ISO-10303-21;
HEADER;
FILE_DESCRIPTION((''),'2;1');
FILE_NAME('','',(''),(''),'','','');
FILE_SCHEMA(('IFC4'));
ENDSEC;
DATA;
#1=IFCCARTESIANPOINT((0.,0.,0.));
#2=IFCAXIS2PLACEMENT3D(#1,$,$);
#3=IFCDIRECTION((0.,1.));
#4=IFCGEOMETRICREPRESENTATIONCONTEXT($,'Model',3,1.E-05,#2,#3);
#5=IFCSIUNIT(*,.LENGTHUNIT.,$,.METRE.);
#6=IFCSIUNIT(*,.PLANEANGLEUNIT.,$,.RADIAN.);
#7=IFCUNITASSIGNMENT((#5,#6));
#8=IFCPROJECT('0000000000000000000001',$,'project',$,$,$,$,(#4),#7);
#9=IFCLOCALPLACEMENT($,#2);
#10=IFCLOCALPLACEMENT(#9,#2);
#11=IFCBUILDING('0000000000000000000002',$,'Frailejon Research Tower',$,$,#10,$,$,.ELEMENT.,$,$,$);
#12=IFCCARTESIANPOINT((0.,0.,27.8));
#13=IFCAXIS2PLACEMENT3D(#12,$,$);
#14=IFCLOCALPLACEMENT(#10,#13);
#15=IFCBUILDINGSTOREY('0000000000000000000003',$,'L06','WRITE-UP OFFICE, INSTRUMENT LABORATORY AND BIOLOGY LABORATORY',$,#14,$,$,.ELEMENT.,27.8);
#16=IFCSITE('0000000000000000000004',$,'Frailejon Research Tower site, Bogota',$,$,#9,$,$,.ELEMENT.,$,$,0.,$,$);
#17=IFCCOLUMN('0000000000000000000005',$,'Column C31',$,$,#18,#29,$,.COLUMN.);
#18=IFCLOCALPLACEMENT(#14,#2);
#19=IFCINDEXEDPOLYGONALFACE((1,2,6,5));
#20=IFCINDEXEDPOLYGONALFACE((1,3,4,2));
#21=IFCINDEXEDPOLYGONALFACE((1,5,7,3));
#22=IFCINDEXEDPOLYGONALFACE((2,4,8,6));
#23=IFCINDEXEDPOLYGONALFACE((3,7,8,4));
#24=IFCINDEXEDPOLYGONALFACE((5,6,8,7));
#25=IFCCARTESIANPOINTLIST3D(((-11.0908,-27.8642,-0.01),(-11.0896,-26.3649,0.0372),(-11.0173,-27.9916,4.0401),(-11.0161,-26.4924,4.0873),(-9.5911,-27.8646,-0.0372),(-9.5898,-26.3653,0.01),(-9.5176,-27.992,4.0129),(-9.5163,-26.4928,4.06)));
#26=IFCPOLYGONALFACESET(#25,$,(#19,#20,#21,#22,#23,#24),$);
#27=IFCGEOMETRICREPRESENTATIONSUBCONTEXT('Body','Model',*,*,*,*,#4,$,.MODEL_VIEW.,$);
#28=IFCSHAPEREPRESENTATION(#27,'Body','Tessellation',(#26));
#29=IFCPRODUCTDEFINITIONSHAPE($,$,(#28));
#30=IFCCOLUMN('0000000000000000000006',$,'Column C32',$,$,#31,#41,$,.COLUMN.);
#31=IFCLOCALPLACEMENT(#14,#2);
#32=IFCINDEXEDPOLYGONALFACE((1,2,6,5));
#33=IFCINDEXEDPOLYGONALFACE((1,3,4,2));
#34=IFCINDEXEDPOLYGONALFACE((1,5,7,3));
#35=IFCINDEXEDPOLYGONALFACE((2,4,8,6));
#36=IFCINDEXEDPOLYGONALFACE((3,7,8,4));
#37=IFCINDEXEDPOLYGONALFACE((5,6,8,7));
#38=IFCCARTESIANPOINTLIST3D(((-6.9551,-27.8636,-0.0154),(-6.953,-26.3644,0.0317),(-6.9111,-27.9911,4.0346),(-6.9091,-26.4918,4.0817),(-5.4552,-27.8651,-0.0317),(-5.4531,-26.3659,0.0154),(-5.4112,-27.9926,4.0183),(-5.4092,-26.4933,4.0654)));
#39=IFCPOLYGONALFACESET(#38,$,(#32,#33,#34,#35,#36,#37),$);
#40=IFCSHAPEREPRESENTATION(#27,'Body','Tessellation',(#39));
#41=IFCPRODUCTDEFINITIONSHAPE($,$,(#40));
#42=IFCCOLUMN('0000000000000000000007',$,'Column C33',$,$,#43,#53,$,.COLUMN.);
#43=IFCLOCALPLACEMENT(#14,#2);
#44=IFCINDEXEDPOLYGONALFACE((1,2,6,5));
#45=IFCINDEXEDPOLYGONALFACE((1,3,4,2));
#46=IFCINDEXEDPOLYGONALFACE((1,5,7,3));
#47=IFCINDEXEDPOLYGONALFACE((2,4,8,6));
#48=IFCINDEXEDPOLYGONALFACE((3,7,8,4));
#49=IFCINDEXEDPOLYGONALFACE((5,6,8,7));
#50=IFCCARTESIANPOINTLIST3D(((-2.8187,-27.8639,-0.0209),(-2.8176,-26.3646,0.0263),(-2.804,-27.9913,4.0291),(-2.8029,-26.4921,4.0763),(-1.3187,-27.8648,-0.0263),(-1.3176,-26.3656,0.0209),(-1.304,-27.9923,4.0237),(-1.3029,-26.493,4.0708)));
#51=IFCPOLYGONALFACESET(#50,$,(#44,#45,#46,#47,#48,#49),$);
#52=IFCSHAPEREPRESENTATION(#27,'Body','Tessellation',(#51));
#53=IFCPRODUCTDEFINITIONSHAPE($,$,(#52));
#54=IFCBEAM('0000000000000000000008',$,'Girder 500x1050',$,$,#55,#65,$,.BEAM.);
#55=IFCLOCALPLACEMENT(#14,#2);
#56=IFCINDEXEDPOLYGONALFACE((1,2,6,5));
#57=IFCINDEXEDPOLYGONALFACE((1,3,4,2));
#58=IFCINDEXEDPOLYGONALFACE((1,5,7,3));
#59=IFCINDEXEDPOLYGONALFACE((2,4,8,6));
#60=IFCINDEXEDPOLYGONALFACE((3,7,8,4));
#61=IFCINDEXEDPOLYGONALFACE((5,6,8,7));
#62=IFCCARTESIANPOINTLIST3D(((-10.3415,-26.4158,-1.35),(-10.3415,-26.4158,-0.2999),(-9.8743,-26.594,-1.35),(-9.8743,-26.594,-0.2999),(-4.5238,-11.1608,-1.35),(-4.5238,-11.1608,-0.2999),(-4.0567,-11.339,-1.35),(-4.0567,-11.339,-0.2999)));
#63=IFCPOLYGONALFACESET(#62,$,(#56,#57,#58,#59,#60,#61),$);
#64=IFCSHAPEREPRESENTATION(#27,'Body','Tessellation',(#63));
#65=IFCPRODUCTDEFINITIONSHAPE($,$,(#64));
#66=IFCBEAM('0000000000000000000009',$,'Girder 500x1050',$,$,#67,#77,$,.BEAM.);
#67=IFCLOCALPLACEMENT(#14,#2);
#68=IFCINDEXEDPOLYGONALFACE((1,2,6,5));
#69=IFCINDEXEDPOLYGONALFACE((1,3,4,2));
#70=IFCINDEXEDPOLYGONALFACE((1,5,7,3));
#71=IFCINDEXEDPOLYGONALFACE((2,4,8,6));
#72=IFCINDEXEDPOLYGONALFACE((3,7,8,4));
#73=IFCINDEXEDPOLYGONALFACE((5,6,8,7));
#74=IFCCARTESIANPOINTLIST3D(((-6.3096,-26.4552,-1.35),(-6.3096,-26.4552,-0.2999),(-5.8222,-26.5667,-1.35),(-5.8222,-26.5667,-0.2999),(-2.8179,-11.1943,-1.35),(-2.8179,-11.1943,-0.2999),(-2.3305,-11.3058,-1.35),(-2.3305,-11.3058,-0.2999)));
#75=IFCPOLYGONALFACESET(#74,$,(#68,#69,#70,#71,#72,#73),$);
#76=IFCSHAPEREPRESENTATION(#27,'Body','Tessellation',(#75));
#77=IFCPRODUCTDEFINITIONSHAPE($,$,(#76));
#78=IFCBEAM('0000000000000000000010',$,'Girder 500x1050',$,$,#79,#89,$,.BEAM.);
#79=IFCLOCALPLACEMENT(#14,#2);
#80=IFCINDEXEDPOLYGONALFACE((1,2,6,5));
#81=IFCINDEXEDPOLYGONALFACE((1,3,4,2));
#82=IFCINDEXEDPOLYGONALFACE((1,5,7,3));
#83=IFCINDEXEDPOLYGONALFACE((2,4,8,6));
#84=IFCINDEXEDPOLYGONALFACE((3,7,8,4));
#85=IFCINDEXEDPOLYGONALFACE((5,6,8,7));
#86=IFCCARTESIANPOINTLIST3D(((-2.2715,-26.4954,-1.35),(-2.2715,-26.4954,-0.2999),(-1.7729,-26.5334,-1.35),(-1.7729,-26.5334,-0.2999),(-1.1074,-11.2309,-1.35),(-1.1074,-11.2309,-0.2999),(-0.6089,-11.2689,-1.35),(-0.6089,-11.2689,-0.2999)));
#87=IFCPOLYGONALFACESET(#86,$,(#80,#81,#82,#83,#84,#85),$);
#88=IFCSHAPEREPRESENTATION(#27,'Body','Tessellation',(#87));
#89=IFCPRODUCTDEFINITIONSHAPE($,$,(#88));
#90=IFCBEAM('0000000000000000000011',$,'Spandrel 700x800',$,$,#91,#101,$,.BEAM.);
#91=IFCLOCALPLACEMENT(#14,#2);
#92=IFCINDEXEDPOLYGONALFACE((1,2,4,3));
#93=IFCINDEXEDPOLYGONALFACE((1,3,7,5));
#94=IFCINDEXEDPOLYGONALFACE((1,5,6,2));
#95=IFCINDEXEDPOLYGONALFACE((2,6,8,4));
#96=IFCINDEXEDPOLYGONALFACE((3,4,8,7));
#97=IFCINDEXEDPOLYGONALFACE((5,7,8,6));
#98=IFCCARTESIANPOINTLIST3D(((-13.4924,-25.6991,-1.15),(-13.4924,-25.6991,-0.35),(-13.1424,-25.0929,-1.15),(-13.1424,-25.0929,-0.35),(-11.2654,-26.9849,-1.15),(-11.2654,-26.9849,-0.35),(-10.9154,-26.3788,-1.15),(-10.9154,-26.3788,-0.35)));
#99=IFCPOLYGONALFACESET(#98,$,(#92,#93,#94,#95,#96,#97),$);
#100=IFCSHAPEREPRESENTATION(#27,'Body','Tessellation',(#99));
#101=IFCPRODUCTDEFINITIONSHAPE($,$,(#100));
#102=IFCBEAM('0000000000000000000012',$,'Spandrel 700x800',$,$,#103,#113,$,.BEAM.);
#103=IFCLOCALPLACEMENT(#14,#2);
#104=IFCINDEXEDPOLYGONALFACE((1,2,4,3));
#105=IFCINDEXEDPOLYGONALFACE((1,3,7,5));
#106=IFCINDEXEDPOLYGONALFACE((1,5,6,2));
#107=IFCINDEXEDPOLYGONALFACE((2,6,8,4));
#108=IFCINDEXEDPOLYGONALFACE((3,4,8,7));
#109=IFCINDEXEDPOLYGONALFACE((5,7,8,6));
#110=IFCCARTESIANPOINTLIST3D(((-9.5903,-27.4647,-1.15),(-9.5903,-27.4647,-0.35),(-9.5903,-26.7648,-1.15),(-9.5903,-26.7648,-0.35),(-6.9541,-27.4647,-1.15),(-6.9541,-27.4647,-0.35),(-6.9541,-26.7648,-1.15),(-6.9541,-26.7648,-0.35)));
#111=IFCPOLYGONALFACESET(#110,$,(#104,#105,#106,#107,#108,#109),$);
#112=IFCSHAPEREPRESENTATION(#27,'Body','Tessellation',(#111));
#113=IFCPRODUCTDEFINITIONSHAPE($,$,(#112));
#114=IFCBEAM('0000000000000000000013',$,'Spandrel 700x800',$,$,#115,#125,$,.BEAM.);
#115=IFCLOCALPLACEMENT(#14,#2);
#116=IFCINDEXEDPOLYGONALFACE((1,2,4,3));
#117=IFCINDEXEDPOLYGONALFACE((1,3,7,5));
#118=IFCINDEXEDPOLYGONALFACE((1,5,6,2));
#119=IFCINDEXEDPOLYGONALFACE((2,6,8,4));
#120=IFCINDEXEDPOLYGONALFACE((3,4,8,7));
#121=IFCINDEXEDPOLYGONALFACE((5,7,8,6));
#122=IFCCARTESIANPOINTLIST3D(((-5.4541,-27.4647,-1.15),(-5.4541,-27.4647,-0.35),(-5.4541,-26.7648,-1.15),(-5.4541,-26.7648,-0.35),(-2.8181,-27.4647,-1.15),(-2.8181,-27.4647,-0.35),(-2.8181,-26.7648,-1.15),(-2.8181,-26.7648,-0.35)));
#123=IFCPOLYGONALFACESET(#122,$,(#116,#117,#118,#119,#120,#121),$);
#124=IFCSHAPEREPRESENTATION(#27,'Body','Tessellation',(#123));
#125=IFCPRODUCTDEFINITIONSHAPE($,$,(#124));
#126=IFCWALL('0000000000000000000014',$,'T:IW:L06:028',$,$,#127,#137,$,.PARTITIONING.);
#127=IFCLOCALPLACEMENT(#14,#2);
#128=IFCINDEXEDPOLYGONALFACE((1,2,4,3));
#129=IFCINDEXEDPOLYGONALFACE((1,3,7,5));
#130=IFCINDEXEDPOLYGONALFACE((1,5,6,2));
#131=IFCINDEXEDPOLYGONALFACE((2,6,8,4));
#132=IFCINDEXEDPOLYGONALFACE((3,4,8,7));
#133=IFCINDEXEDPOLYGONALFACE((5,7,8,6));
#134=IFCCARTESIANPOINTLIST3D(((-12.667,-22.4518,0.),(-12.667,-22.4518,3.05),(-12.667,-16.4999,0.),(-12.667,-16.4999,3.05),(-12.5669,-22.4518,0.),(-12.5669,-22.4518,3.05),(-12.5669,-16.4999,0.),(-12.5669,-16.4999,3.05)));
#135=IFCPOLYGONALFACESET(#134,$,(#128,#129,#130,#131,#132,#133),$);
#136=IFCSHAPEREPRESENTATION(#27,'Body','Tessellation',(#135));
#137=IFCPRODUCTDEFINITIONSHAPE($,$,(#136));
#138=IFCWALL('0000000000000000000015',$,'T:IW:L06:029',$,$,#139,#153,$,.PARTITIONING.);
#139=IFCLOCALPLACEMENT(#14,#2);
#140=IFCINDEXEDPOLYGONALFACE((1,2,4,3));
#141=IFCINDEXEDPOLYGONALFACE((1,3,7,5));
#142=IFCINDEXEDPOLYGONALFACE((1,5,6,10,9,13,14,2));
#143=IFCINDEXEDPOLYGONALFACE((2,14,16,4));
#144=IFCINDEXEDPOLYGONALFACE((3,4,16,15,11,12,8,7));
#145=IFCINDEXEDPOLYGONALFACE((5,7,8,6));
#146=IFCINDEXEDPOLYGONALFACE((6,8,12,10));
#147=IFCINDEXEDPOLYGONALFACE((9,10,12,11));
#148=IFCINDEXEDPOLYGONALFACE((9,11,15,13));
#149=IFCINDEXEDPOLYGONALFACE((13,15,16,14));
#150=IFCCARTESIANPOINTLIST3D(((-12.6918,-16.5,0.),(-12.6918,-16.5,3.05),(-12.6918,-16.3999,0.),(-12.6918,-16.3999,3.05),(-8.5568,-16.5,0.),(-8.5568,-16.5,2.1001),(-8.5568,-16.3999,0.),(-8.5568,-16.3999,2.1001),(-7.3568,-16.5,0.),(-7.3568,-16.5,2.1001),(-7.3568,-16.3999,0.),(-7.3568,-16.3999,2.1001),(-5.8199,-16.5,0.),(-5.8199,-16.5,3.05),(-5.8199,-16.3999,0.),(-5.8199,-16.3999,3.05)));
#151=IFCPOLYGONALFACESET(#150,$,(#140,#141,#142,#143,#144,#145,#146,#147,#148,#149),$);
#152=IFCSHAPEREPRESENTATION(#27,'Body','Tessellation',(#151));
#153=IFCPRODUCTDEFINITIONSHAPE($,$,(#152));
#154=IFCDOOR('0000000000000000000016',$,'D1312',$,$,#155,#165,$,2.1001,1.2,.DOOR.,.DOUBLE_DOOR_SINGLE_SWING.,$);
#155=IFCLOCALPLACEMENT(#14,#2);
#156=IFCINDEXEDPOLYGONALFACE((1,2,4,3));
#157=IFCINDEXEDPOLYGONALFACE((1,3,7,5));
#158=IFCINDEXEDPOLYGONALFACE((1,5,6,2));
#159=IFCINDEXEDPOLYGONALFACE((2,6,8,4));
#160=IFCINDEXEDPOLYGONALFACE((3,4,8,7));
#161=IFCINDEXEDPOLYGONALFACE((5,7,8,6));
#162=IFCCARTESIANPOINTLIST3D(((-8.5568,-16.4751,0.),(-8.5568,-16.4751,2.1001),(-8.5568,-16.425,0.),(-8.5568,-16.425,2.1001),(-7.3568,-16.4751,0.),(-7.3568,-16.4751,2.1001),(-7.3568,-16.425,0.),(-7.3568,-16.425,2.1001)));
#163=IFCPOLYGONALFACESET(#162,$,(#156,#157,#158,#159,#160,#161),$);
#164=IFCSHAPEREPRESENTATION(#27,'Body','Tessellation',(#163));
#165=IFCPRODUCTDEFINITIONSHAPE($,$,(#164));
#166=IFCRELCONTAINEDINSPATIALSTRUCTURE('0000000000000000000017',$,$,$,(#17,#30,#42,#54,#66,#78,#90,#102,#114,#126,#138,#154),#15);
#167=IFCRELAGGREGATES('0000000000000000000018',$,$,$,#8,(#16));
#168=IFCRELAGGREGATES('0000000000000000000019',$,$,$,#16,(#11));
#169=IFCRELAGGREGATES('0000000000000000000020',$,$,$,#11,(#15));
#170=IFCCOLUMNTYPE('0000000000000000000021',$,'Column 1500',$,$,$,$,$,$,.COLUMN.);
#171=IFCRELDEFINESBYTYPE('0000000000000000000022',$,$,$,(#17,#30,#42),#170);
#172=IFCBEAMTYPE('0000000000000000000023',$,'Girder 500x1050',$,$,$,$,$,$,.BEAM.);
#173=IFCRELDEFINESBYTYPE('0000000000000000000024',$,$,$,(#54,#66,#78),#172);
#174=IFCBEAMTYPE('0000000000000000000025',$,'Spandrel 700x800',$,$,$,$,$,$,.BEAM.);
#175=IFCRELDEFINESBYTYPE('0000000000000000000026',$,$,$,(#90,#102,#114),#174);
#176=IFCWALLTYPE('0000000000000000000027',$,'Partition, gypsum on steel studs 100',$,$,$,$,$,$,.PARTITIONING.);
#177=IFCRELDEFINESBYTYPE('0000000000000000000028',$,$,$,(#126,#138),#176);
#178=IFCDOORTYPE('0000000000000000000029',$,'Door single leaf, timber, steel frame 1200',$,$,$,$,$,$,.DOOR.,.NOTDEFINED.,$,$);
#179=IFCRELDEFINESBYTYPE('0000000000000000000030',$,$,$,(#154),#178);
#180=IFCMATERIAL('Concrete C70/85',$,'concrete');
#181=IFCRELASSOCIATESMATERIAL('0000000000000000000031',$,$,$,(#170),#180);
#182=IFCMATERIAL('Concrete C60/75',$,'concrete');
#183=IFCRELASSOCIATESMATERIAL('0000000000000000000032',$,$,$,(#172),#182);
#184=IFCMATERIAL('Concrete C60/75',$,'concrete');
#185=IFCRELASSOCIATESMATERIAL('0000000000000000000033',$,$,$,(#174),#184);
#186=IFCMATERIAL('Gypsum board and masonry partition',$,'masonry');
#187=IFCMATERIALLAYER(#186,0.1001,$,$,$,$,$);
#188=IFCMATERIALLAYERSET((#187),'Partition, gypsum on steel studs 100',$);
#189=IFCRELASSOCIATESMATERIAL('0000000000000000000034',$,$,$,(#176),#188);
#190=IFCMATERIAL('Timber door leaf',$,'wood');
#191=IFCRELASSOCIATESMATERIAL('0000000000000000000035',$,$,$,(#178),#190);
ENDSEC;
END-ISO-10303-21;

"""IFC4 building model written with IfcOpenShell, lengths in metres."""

from ifc_helpers import new_model, si_unit, direction, frame, frame_2d, origin, origin_2d, place, context, subcontext, project, spatial, rectangle, extrude, material, layer, layer_set, material_profile, profile_set, type_object, element, fill, save


model = new_model("IFC4")

# Units and contexts
model_context = context("Model", 3, precision=1e-05, world=origin(), true_north=direction((0.0, 1.0)))
body_context = subcontext(model_context, "Body", "Model", "MODEL_VIEW")
ifc_project = project(units=[si_unit("LENGTHUNIT", "METRE"), si_unit("PLANEANGLEUNIT", "RADIAN")], contexts=[model_context])

# Site, building, storey
site_placement = place(None, origin())
site = spatial("IfcSite", under=ifc_project, at=site_placement, Name="Frailejon Research Tower site, Bogota", CompositionType="ELEMENT", RefElevation=0.0)
building_placement = place(site_placement, origin())
building = spatial("IfcBuilding", under=site, at=building_placement, Name="Frailejon Research Tower", CompositionType="ELEMENT")
storey_placement = place(building_placement, frame((0.0, 0.0, 27.8)))
storey = spatial("IfcBuildingStorey", under=building, at=storey_placement, Name="L06", Description="WRITE-UP OFFICE, INSTRUMENT LABORATORY AND BIOLOGY LABORATORY", CompositionType="ELEMENT", Elevation=27.8)

# Columns
ifc_material_1 = material(Name="Concrete C70/85", Category="concrete")
ifc_material_profile_1 = material_profile(ifc_material_1, rectangle(XDim=1.5, YDim=1.5, at=origin_2d()), Name="Column 1500")
ifc_profile_set_1 = profile_set([ifc_material_profile_1], Name="Concrete C70/85")
column_type = type_object("IfcColumnType", Name="Column 1500", PredefinedType="COLUMN", material=ifc_profile_set_1)
column_1_placement = place(storey_placement, frame((-10.3403, -27.1147, 0.0), z_axis=(0.018133, -0.031446, 0.999341), x_axis=(0.999835, -0.000256, -0.01815)))
element("IfcColumn", 1, at=column_1_placement, inside=storey, type_object=column_type, Name="Column C31", PredefinedType="COLUMN", context=body_context, shape_type="SweptSolid", body=[
    extrude(rectangle(XDim=1.5, YDim=1.5, at=origin_2d()), origin(), (0.0, 0.0, 1.0), 4.0527),
])
column_2_placement = place(storey_placement, frame((-6.2041, -27.1147, 0.0), z_axis=(0.010845, -0.031449, 0.999447), x_axis=(0.99994, -0.001017, -0.010882)))
element("IfcColumn", 2, at=column_2_placement, inside=storey, type_object=column_type, Name="Column C32", PredefinedType="COLUMN", context=body_context, shape_type="SweptSolid", body=[
    extrude(rectangle(XDim=1.5, YDim=1.5, at=origin_2d()), origin(), (0.0, 0.0, 1.0), 4.0522),
])
column_3_placement = place(storey_placement, frame((-2.0681, -27.1147, 0.0), z_axis=(0.003615, -0.031451, 0.999499), x_axis=(0.999993, -0.000624, -0.003636)))
element("IfcColumn", 3, at=column_3_placement, inside=storey, type_object=column_type, Name="Column C33", PredefinedType="COLUMN", context=body_context, shape_type="SweptSolid", body=[
    extrude(rectangle(XDim=1.5, YDim=1.5, at=origin_2d()), origin(), (0.0, 0.0, 1.0), 4.052),
])

# Beams
ifc_material_2 = material(Name="Concrete C60/75", Category="concrete")
ifc_material_profile_2 = material_profile(ifc_material_2, rectangle(XDim=0.5, YDim=1.05, at=origin_2d()), Name="Girder 500x1050")
ifc_profile_set_2 = profile_set([ifc_material_profile_2], Name="Concrete C60/75")
beam_type_1 = type_object("IfcBeamType", Name="Girder 500x1050", PredefinedType="BEAM", material=ifc_profile_set_2)
beam_1_placement = place(storey_placement, frame((-10.1079, -26.5049, -0.825), z_axis=(0.356329, 0.93436, 0.0), x_axis=(-0.93436, 0.356329, 0.0)))
element("IfcBeam", 4, at=beam_1_placement, inside=storey, type_object=beam_type_1, Name="Girder 500x1050", PredefinedType="BEAM", context=body_context, shape_type="SweptSolid", body=[
    extrude(rectangle(XDim=0.5, YDim=1.05, at=origin_2d()), origin(), (0.0, 0.0, 1.0), 16.3267),
])
beam_2_placement = place(storey_placement, frame((-6.0659, -26.511, -0.825), z_axis=(0.223036, 0.97481, 0.0), x_axis=(-0.97481, 0.223036, 0.0)))
element("IfcBeam", 5, at=beam_2_placement, inside=storey, type_object=beam_type_1, Name="Girder 500x1050", PredefinedType="BEAM", context=body_context, shape_type="SweptSolid", body=[
    extrude(rectangle(XDim=0.5, YDim=1.05, at=origin_2d()), origin(), (0.0, 0.0, 1.0), 15.6553),
])
beam_3_placement = place(storey_placement, frame((-2.0222, -26.5144, -0.825), z_axis=(0.076039, 0.997105, 0.0), x_axis=(-0.997105, 0.076039, 0.0)))
element("IfcBeam", 6, at=beam_3_placement, inside=storey, type_object=beam_type_1, Name="Girder 500x1050", PredefinedType="BEAM", context=body_context, shape_type="SweptSolid", body=[
    extrude(rectangle(XDim=0.5, YDim=1.05, at=origin_2d()), origin(), (0.0, 0.0, 1.0), 15.3088),
])
ifc_material_3 = material(Name="Concrete C60/75", Category="concrete")
ifc_material_profile_3 = material_profile(ifc_material_3, rectangle(XDim=0.7, YDim=0.8, at=origin_2d()), Name="Spandrel 700x800")
ifc_profile_set_3 = profile_set([ifc_material_profile_3], Name="Concrete C60/75")
beam_type_2 = type_object("IfcBeamType", Name="Spandrel 700x800", PredefinedType="BEAM", material=ifc_profile_set_3)
beam_4_placement = place(storey_placement, frame((-13.3174, -25.396, -0.75), z_axis=(0.866009, -0.500029, 0.0), x_axis=(0.500029, 0.866009, 0.0)))
element("IfcBeam", 7, at=beam_4_placement, inside=storey, type_object=beam_type_2, Name="Spandrel 700x800", PredefinedType="BEAM", context=body_context, shape_type="SweptSolid", body=[
    extrude(rectangle(XDim=0.7, YDim=0.8, at=origin_2d()), origin(), (0.0, 0.0, 1.0), 2.5715),
])
beam_5_placement = place(storey_placement, frame((-9.5903, -27.1147, -0.75), z_axis=(1.0, 0.0, 0.0), x_axis=(0.0, 1.0, 0.0)))
element("IfcBeam", 8, at=beam_5_placement, inside=storey, type_object=beam_type_2, Name="Spandrel 700x800", PredefinedType="BEAM", context=body_context, shape_type="SweptSolid", body=[
    extrude(rectangle(XDim=0.7, YDim=0.8, at=origin_2d()), origin(), (0.0, 0.0, 1.0), 2.6362),
])
beam_6_placement = place(storey_placement, frame((-5.4541, -27.1147, -0.75), z_axis=(1.0, 0.0, 0.0), x_axis=(0.0, 1.0, 0.0)))
element("IfcBeam", 9, at=beam_6_placement, inside=storey, type_object=beam_type_2, Name="Spandrel 700x800", PredefinedType="BEAM", context=body_context, shape_type="SweptSolid", body=[
    extrude(rectangle(XDim=0.7, YDim=0.8, at=origin_2d()), origin(), (0.0, 0.0, 1.0), 2.636),
])

# Wall
ifc_material_4 = material(Name="Gypsum board and masonry partition", Category="masonry")
ifc_layer_1 = layer(ifc_material_4, 0.1001)
ifc_layer_set_1 = layer_set([ifc_layer_1], Name="Partition, gypsum on steel studs 100")
wall_type_1 = type_object("IfcWallType", Name="Partition, gypsum on steel studs 100", PredefinedType="PARTITIONING", material=ifc_layer_set_1)
wall_1_placement = place(storey_placement, frame((-12.6169, -22.4519, 0.0), z_axis=(0.0, 0.0, 1.0), x_axis=(0.0, 1.0, 0.0)))
element("IfcWall", 10, at=wall_1_placement, inside=storey, type_object=wall_type_1, Name="T:IW:L06:028", PredefinedType="PARTITIONING", context=body_context, shape_type="SweptSolid", body=[
    extrude(rectangle(XDim=5.9519, YDim=0.1001, at=frame_2d((2.9761, 0.0))), origin(), (0.0, 0.0, 1.0), 3.05),
])

# Wall, opening, door
wall_2_placement = place(storey_placement, frame((-12.6919, -16.45, 0.0), z_axis=(0.0, 0.0, 1.0), x_axis=(1.0, 0.0, 0.0)))
wall_2 = element("IfcWall", 11, at=wall_2_placement, inside=storey, type_object=wall_type_1, Name="T:IW:L06:029", PredefinedType="PARTITIONING", context=body_context, shape_type="SweptSolid", body=[
    extrude(rectangle(XDim=6.8718, YDim=0.1001, at=frame_2d((3.436, 0.0))), origin(), (0.0, 0.0, 1.0), 3.05),
])
opening_1_placement = place(wall_2_placement, frame((4.135, 0.0, 0.0)))
opening_1 = element("IfcOpeningElement", 12, at=opening_1_placement, cuts=wall_2, PredefinedType="OPENING", context=body_context, shape_type="SweptSolid", body=[
    extrude(rectangle(XDim=1.2, YDim=2.1001, at=frame_2d((0.6001, 1.05))), frame((0.0, 0.0601, 0.0), z_axis=(0.0, -1.0, 0.0), x_axis=(1.0, 0.0, 0.0)), (0.0, 0.0, 1.0), 0.1201),
])
ifc_material_5 = material(Name="Timber door leaf", Category="wood")
door_type_1 = type_object("IfcDoorType", Name="Door single leaf, timber, steel frame 1200", OperationType="NOTDEFINED", PredefinedType="DOOR", material=ifc_material_5)
door_1_placement = place(opening_1_placement, origin())
door_1 = element("IfcDoor", 13, at=door_1_placement, inside=storey, type_object=door_type_1, Name="D1312", OperationType="DOUBLE_DOOR_SINGLE_SWING", OverallHeight=2.1001, OverallWidth=1.2, PredefinedType="DOOR", context=body_context, shape_type="SweptSolid", body=[
    extrude(rectangle(XDim=1.2, YDim=2.1001, at=frame_2d((0.6001, 1.05))), frame((0.0, 0.0249, 0.0), z_axis=(0.0, -1.0, 0.0), x_axis=(1.0, 0.0, 0.0)), (0.0, 0.0, 1.0), 0.05),
])
fill(opening_1, door_1)

save(model, "model.ifc")
